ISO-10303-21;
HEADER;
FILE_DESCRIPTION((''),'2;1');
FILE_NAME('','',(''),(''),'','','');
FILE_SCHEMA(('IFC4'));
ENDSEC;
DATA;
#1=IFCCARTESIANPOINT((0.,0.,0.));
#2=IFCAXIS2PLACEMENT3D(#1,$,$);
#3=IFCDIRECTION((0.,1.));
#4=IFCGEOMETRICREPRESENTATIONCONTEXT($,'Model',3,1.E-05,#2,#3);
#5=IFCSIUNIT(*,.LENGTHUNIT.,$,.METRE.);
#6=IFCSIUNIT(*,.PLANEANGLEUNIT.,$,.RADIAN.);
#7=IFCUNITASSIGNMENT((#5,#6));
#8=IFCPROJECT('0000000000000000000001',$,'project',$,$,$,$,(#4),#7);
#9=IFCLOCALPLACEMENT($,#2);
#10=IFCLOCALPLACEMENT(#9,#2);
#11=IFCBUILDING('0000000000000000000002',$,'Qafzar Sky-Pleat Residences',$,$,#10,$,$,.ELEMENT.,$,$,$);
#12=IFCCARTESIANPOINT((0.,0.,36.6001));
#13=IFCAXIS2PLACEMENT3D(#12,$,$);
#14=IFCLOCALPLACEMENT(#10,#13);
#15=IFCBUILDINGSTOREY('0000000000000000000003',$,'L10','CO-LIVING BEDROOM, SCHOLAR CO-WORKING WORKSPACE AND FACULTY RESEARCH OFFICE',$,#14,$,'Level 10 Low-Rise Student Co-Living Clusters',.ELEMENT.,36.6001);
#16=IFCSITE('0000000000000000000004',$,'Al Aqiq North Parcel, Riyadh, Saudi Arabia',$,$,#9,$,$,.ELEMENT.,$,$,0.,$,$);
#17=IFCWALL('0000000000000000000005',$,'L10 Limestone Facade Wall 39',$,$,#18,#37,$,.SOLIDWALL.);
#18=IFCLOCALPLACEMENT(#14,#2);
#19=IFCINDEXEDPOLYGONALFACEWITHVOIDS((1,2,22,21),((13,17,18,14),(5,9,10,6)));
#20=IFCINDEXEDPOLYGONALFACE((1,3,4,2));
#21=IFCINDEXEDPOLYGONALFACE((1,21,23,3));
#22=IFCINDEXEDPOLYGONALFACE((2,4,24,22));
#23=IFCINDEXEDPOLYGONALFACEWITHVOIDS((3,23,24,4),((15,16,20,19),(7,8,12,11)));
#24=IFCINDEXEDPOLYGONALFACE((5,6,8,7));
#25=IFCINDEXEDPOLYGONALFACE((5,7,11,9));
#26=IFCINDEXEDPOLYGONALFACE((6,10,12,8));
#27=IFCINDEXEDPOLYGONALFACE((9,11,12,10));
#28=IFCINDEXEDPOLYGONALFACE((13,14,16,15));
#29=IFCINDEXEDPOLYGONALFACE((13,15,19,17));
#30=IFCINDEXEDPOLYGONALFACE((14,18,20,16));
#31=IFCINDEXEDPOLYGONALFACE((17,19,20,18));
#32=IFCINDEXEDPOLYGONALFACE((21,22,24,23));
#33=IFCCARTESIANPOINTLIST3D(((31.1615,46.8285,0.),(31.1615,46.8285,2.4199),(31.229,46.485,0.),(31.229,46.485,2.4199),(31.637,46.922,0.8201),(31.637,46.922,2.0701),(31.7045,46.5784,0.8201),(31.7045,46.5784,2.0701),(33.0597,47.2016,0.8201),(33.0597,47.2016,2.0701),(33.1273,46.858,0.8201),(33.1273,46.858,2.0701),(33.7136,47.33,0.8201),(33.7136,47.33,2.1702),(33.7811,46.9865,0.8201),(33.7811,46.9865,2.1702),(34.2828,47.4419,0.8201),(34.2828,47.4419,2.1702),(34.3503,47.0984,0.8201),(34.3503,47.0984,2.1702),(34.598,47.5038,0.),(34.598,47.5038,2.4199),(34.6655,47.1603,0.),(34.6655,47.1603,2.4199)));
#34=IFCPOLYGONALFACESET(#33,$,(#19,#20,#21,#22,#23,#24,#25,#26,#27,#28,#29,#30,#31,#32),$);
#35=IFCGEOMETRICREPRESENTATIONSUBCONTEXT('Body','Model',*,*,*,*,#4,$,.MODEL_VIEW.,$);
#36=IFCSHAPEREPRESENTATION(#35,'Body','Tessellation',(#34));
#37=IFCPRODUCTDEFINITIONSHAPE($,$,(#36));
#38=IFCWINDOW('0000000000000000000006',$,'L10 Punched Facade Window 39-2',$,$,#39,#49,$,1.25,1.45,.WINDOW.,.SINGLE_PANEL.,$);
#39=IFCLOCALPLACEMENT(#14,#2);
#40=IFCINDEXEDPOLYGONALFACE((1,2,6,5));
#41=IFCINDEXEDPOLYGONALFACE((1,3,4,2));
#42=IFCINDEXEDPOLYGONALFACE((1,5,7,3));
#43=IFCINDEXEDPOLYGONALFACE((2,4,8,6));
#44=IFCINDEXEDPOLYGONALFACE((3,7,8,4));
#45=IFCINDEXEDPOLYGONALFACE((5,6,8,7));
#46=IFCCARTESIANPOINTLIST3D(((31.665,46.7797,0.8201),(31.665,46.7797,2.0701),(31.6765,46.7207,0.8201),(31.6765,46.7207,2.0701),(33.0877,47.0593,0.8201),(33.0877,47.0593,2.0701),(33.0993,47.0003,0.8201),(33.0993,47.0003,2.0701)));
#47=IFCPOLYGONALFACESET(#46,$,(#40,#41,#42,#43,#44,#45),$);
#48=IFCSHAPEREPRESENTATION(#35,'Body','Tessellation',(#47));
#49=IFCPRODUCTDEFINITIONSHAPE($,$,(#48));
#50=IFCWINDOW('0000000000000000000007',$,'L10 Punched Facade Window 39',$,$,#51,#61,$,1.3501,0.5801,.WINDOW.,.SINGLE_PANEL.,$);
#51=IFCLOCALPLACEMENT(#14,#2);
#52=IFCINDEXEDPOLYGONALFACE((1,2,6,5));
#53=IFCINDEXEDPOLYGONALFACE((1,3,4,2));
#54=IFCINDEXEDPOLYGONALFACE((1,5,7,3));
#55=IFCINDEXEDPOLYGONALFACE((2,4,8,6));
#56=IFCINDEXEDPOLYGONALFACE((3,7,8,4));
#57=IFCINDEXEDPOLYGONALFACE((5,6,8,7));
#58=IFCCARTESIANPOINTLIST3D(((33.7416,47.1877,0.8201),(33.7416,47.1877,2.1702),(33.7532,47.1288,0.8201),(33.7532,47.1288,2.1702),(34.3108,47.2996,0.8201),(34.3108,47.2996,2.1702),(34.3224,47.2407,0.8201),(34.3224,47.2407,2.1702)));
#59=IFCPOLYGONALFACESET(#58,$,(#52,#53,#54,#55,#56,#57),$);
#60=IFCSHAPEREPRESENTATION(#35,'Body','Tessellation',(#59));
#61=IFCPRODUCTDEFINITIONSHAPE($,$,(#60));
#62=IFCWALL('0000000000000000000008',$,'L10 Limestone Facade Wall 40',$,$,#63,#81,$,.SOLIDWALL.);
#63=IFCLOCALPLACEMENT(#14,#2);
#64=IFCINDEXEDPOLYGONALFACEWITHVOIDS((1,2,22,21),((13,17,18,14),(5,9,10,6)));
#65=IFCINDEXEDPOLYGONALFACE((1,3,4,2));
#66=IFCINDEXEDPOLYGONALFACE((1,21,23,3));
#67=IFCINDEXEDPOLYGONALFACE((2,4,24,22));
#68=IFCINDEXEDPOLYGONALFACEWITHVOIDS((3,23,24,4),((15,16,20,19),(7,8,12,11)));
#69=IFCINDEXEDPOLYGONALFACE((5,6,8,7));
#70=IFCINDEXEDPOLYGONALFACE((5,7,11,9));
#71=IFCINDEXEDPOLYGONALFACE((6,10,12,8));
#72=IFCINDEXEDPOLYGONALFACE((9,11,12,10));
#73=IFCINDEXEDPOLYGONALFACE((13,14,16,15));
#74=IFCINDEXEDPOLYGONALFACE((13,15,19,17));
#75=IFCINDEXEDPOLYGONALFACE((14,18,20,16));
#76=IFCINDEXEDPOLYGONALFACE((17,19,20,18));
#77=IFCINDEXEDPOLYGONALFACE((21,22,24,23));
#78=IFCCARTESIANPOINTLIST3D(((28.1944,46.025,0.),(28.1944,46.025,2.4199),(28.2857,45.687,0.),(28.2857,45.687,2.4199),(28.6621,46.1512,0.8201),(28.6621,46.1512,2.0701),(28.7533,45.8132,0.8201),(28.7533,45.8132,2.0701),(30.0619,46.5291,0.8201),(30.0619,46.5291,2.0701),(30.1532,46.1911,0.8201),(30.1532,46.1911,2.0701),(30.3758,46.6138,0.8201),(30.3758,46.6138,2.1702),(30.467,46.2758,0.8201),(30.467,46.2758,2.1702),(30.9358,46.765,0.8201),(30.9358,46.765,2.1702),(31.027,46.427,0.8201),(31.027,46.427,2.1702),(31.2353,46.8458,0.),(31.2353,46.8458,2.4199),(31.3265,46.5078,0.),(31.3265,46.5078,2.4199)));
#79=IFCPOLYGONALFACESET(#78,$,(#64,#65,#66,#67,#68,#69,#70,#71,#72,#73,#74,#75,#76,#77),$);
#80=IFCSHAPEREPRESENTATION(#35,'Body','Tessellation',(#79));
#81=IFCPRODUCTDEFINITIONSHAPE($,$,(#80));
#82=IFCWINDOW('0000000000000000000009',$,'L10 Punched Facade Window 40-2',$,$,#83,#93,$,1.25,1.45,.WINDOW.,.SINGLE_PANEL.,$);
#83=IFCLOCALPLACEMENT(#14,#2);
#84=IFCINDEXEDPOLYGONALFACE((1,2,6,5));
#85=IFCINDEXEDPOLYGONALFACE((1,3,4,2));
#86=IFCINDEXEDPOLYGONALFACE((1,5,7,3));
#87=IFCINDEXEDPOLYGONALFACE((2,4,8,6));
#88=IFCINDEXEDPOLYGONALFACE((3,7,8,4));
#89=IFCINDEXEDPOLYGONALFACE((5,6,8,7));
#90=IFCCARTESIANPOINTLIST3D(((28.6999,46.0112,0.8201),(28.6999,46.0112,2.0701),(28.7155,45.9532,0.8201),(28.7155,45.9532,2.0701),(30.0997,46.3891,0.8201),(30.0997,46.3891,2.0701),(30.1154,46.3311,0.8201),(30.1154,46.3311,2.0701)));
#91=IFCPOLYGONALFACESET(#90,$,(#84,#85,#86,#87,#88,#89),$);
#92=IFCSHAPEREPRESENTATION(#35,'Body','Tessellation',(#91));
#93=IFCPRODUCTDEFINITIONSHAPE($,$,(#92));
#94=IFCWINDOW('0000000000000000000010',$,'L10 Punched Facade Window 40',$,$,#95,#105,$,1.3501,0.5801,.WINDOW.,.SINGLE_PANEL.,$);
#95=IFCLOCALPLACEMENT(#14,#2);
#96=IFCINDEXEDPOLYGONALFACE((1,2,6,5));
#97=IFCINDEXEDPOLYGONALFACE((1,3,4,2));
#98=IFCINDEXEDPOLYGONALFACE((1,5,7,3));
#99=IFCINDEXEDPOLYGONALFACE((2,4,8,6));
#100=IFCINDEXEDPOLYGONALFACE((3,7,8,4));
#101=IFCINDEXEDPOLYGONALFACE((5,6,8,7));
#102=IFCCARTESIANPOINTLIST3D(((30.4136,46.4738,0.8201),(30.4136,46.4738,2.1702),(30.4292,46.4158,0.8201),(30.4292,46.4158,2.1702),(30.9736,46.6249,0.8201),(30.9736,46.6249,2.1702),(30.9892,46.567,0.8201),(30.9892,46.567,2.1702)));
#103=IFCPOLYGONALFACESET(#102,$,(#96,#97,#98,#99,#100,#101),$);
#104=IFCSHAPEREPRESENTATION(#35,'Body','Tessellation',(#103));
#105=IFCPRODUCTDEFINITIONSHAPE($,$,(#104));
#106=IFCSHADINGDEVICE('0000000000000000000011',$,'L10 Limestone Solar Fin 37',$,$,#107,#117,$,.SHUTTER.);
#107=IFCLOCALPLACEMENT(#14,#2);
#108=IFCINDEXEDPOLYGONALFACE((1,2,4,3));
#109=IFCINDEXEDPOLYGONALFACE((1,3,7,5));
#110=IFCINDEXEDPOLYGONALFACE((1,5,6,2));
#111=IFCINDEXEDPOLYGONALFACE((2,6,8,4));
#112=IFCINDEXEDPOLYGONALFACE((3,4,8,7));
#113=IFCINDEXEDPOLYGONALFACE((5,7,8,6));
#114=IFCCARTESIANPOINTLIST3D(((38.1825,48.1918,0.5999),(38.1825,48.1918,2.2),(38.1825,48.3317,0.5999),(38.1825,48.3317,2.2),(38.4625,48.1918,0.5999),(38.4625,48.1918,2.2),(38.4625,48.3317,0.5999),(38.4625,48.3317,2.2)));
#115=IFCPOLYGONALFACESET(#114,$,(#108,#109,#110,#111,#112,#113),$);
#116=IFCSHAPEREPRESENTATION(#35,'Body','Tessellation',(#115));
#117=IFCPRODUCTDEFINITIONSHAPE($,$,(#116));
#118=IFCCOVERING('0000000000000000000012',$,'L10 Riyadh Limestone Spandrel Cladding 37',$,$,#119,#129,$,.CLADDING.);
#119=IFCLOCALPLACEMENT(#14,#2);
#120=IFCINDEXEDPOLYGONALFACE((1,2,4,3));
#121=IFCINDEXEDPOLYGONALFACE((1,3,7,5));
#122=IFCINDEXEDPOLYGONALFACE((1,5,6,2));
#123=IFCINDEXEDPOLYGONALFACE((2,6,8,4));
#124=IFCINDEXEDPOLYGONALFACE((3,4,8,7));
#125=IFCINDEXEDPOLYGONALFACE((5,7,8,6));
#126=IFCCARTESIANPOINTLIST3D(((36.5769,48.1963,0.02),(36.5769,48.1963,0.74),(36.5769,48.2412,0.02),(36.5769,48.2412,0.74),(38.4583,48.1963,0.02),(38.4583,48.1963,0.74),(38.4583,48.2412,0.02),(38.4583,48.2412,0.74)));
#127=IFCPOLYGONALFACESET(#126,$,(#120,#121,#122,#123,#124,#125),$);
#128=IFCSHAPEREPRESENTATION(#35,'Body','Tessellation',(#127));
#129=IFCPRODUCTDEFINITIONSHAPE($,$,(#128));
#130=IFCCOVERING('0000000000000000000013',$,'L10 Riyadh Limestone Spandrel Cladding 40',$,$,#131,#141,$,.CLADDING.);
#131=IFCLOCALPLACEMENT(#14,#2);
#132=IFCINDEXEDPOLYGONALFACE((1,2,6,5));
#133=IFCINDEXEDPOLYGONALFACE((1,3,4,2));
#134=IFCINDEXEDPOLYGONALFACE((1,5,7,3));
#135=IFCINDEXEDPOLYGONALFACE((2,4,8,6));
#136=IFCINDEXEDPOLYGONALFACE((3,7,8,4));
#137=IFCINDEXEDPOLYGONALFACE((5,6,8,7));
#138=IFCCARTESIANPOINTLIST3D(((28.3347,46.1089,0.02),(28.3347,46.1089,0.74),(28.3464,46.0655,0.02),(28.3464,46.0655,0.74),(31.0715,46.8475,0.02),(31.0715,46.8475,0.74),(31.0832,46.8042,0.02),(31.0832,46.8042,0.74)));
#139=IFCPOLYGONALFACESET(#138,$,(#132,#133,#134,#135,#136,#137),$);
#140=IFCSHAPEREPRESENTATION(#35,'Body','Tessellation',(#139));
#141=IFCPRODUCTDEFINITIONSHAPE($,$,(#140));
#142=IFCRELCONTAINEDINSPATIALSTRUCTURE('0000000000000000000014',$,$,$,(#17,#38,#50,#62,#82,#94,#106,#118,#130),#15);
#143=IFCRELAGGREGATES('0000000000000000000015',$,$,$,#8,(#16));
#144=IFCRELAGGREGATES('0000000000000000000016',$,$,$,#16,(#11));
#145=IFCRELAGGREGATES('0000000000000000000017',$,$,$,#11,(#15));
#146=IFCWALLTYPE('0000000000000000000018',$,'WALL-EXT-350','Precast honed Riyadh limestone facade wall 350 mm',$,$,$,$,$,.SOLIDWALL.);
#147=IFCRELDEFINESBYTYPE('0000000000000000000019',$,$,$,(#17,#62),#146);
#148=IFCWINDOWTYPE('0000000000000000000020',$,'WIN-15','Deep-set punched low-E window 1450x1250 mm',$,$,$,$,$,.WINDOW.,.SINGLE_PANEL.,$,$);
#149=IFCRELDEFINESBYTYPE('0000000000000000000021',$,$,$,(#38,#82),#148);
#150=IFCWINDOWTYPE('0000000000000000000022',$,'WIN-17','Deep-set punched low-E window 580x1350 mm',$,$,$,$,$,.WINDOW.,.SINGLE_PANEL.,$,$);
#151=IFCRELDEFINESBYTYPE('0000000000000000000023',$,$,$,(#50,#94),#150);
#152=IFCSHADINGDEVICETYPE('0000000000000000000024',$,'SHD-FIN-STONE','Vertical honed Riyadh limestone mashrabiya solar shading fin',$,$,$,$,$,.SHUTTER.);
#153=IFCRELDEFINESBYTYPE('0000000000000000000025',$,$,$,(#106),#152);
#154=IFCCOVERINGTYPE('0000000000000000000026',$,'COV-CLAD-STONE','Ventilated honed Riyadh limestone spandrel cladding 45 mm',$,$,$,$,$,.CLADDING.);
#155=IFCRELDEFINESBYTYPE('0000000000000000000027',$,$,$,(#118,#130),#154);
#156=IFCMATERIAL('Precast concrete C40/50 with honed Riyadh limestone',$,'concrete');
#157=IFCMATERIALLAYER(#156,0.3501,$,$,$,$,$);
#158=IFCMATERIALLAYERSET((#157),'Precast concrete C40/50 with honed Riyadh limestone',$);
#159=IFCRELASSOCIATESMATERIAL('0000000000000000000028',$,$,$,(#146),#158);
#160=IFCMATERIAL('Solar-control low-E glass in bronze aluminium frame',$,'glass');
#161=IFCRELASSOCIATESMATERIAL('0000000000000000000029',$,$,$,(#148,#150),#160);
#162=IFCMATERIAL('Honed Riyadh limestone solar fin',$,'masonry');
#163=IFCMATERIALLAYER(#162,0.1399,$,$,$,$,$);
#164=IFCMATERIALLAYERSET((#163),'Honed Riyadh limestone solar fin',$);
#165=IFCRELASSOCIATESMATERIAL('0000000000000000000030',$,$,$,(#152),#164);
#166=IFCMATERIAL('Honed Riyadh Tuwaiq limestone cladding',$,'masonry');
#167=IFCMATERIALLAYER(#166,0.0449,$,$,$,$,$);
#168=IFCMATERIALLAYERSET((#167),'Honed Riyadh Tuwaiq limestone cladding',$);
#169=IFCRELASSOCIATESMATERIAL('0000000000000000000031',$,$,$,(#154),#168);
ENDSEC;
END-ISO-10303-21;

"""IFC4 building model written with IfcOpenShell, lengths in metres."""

from ifc_helpers import new_model, si_unit, direction, frame, frame_2d, origin, origin_2d, place, context, subcontext, project, spatial, rectangle, extrude, source, transform, mapped, material, layer, layer_set, type_object, element, fill, save


model = new_model("IFC4")

# Units and contexts
model_context = context("Model", 3, precision=1e-05, world=origin(), true_north=direction((0.0, 1.0)))
body_context = subcontext(model_context, "Body", "Model", "MODEL_VIEW")
ifc_project = project(units=[si_unit("LENGTHUNIT", "METRE"), si_unit("PLANEANGLEUNIT", "RADIAN")], contexts=[model_context])

# Site, building, storey
site_placement = place(None, origin())
site = spatial("IfcSite", under=ifc_project, at=site_placement, Name="Al Aqiq North Parcel, Riyadh, Saudi Arabia", CompositionType="ELEMENT", RefElevation=0.0)
building_placement = place(site_placement, origin())
building = spatial("IfcBuilding", under=site, at=building_placement, Name="Qafzar Sky-Pleat Residences", CompositionType="ELEMENT")
storey_placement = place(building_placement, frame((0.0, 0.0, 36.6001)))
storey = spatial("IfcBuildingStorey", under=building, at=storey_placement, Name="L10", Description="CO-LIVING BEDROOM, SCHOLAR CO-WORKING WORKSPACE AND FACULTY RESEARCH OFFICE", LongName="Level 10 Low-Rise Student Co-Living Clusters", CompositionType="ELEMENT", Elevation=36.6001)

# Shared definitions
ifc_material_1 = material(Name="Precast concrete C40/50 with honed Riyadh limestone", Category="concrete")
ifc_layer_1 = layer(ifc_material_1, 0.3501)
ifc_layer_set_1 = layer_set([ifc_layer_1], Name="Precast concrete C40/50 with honed Riyadh limestone")
wall_type_1 = type_object("IfcWallType", Name="WALL-EXT-350", Description="Precast honed Riyadh limestone facade wall 350 mm", PredefinedType="SOLIDWALL", material=ifc_layer_set_1)
ifc_material_2 = material(Name="Solar-control low-E glass in bronze aluminium frame", Category="glass")
window_type_1 = type_object("IfcWindowType", Name="WIN-15", Description="Deep-set punched low-E window 1450x1250 mm", PartitioningType="SINGLE_PANEL", PredefinedType="WINDOW", material=ifc_material_2)
shared_shape_1 = source(origin(), body_context, "Body", "SweptSolid", [
    extrude(rectangle(XDim=1.45, YDim=1.25, at=frame_2d((0.7251, 0.625))), frame((0.0, 0.03, 0.0), z_axis=(0.0, -1.0, 0.0), x_axis=(1.0, 0.0, 0.0)), (0.0, 0.0, 1.0), 0.0601),
])

# Walls, openings, windows
wall_1_placement = place(storey_placement, frame((34.6316, 47.332, 0.0), z_axis=(0.0, 0.0, 1.0), x_axis=(-0.981235, -0.192817, 0.0)))
wall_1 = element("IfcWall", 1, at=wall_1_placement, inside=storey, type_object=wall_type_1, Name="L10 Limestone Facade Wall 39", PredefinedType="SOLIDWALL", context=body_context, shape_type="SweptSolid", body=[
    extrude(rectangle(XDim=3.5022, YDim=0.3501, at=frame_2d((1.751, 0.0))), origin(), (0.0, 0.0, 1.0), 2.4199),
])
opening_1_placement = place(wall_1_placement, frame((0.321, 0.0, 0.8201)))
opening_1 = element("IfcOpeningElement", 2, at=opening_1_placement, cuts=wall_1, PredefinedType="OPENING", context=body_context, shape_type="SweptSolid", body=[
    extrude(rectangle(XDim=0.5801, YDim=1.3501, at=frame_2d((0.29, 0.675))), frame((0.0, 0.1851, 0.0), z_axis=(0.0, -1.0, 0.0), x_axis=(1.0, 0.0, 0.0)), (0.0, 0.0, 1.0), 0.3701),
])
opening_2_placement = place(wall_1_placement, frame((1.5674, 0.0, 0.8201)))
opening_2 = element("IfcOpeningElement", 3, at=opening_2_placement, cuts=wall_1, PredefinedType="OPENING", context=body_context, shape_type="SweptSolid", body=[
    extrude(rectangle(XDim=1.45, YDim=1.25, at=frame_2d((0.7251, 0.625))), frame((0.0, 0.1851, 0.0), z_axis=(0.0, -1.0, 0.0), x_axis=(1.0, 0.0, 0.0)), (0.0, 0.0, 1.0), 0.3701),
])
window_1_placement = place(opening_2_placement, origin())
window_1 = element("IfcWindow", 4, at=window_1_placement, inside=storey, type_object=window_type_1, Name="L10 Punched Facade Window 39-2", OverallHeight=1.25, OverallWidth=1.45, PartitioningType="SINGLE_PANEL", PredefinedType="WINDOW", context=body_context, shape_type="MappedRepresentation", body=[
    mapped(shared_shape_1, transform((0.0, 0.0, 0.0), x_axis=(1.0, 0.0, 0.0), y_axis=(0.0, 1.0, 0.0), z_axis=(0.0, 0.0, 1.0), scale=1.0)),
])
fill(opening_2, window_1)
window_type_2 = type_object("IfcWindowType", Name="WIN-17", Description="Deep-set punched low-E window 580x1350 mm", PartitioningType="SINGLE_PANEL", PredefinedType="WINDOW", material=ifc_material_2)
shared_shape_2 = source(origin(), body_context, "Body", "SweptSolid", [
    extrude(rectangle(XDim=0.5801, YDim=1.3501, at=frame_2d((0.29, 0.675))), frame((0.0, 0.03, 0.0), z_axis=(0.0, -1.0, 0.0), x_axis=(1.0, 0.0, 0.0)), (0.0, 0.0, 1.0), 0.0601),
])
window_2_placement = place(opening_1_placement, origin())
window_2 = element("IfcWindow", 5, at=window_2_placement, inside=storey, type_object=window_type_2, Name="L10 Punched Facade Window 39", OverallHeight=1.3501, OverallWidth=0.5801, PartitioningType="SINGLE_PANEL", PredefinedType="WINDOW", context=body_context, shape_type="MappedRepresentation", body=[
    mapped(shared_shape_2, transform((0.0, 0.0, 0.0), x_axis=(1.0, 0.0, 0.0), y_axis=(0.0, 1.0, 0.0), z_axis=(0.0, 0.0, 1.0), scale=1.0)),
])
fill(opening_1, window_2)
wall_2_placement = place(storey_placement, frame((31.2808, 46.6768, 0.0), z_axis=(0.0, 0.0, 1.0), x_axis=(-0.965446, -0.260604, 0.0)))
wall_2 = element("IfcWall", 6, at=wall_2_placement, inside=storey, type_object=wall_type_1, Name="L10 Limestone Facade Wall 40", PredefinedType="SOLIDWALL", context=body_context, shape_type="SweptSolid", body=[
    extrude(rectangle(XDim=3.1497, YDim=0.3501, at=frame_2d((1.5747, 0.0))), origin(), (0.0, 0.0, 1.0), 2.4199),
])
opening_3_placement = place(wall_2_placement, frame((0.3101, 0.0, 0.8201)))
opening_3 = element("IfcOpeningElement", 7, at=opening_3_placement, cuts=wall_2, PredefinedType="OPENING", context=body_context, shape_type="SweptSolid", body=[
    extrude(rectangle(XDim=0.5801, YDim=1.3501, at=frame_2d((0.29, 0.675))), frame((0.0, 0.1851, 0.0), z_axis=(0.0, -1.0, 0.0), x_axis=(1.0, 0.0, 0.0)), (0.0, 0.0, 1.0), 0.3701),
])
opening_4_placement = place(wall_2_placement, frame((1.2151, 0.0, 0.8201)))
opening_4 = element("IfcOpeningElement", 8, at=opening_4_placement, cuts=wall_2, PredefinedType="OPENING", context=body_context, shape_type="SweptSolid", body=[
    extrude(rectangle(XDim=1.45, YDim=1.25, at=frame_2d((0.7251, 0.625))), frame((0.0, 0.1851, 0.0), z_axis=(0.0, -1.0, 0.0), x_axis=(1.0, 0.0, 0.0)), (0.0, 0.0, 1.0), 0.3701),
])
window_3_placement = place(opening_4_placement, origin())
window_3 = element("IfcWindow", 9, at=window_3_placement, inside=storey, type_object=window_type_1, Name="L10 Punched Facade Window 40-2", OverallHeight=1.25, OverallWidth=1.45, PartitioningType="SINGLE_PANEL", PredefinedType="WINDOW", context=body_context, shape_type="MappedRepresentation", body=[
    mapped(shared_shape_1, transform((0.0, 0.0, 0.0), x_axis=(1.0, 0.0, 0.0), y_axis=(0.0, 1.0, 0.0), z_axis=(0.0, 0.0, 1.0), scale=1.0)),
])
fill(opening_4, window_3)
window_4_placement = place(opening_3_placement, origin())
window_4 = element("IfcWindow", 10, at=window_4_placement, inside=storey, type_object=window_type_2, Name="L10 Punched Facade Window 40", OverallHeight=1.3501, OverallWidth=0.5801, PartitioningType="SINGLE_PANEL", PredefinedType="WINDOW", context=body_context, shape_type="MappedRepresentation", body=[
    mapped(shared_shape_2, transform((0.0, 0.0, 0.0), x_axis=(1.0, 0.0, 0.0), y_axis=(0.0, 1.0, 0.0), z_axis=(0.0, 0.0, 1.0), scale=1.0)),
])
fill(opening_3, window_4)

# Shading device
ifc_material_3 = material(Name="Honed Riyadh limestone solar fin", Category="masonry")
ifc_layer_2 = layer(ifc_material_3, 0.1399)
ifc_layer_set_2 = layer_set([ifc_layer_2], Name="Honed Riyadh limestone solar fin")
shading_device_type = type_object("IfcShadingDeviceType", Name="SHD-FIN-STONE", Description="Vertical honed Riyadh limestone mashrabiya solar shading fin", PredefinedType="SHUTTER", material=ifc_layer_set_2)
shared_shape_3 = source(origin(), body_context, "Body", "SweptSolid", [
    extrude(rectangle(XDim=0.1399, YDim=0.28, at=origin_2d()), origin(), (0.0, 0.0, 1.0), 1.6001),
])
shading_device_placement = place(storey_placement, frame((38.3225, 48.2617, 0.5999), z_axis=(0.0, 0.0, 1.0), x_axis=(0.0, 1.0, 0.0)))
element("IfcShadingDevice", 11, at=shading_device_placement, inside=storey, type_object=shading_device_type, Name="L10 Limestone Solar Fin 37", PredefinedType="SHUTTER", context=body_context, shape_type="MappedRepresentation", body=[
    mapped(shared_shape_3, transform((0.0, 0.0, 0.0), x_axis=(1.0, 0.0, 0.0), y_axis=(0.0, 1.0, 0.0), z_axis=(0.0, 0.0, 1.0), scale=1.0)),
])

# Covering
ifc_material_4 = material(Name="Honed Riyadh Tuwaiq limestone cladding", Category="masonry")
ifc_layer_3 = layer(ifc_material_4, 0.0449)
ifc_layer_set_3 = layer_set([ifc_layer_3], Name="Honed Riyadh Tuwaiq limestone cladding")
covering_type = type_object("IfcCoveringType", Name="COV-CLAD-STONE", Description="Ventilated honed Riyadh limestone spandrel cladding 45 mm", PredefinedType="CLADDING", material=ifc_layer_set_3)
shared_shape_4 = source(origin(), body_context, "Body", "SweptSolid", [
    extrude(rectangle(XDim=1.8813, YDim=0.0449, at=origin_2d()), origin(), (0.0, 0.0, 1.0), 0.72),
])
covering_1_placement = place(storey_placement, frame((37.5176, 48.2188, 0.02), z_axis=(0.0, 0.0, 1.0), x_axis=(-1.0, 0.0, 0.0)))
element("IfcCovering", 12, at=covering_1_placement, inside=storey, type_object=covering_type, Name="L10 Riyadh Limestone Spandrel Cladding 37", PredefinedType="CLADDING", context=body_context, shape_type="MappedRepresentation", body=[
    mapped(shared_shape_4, transform((0.0, 0.0, 0.0), x_axis=(1.0, 0.0, 0.0), y_axis=(0.0, 1.0, 0.0), z_axis=(0.0, 0.0, 1.0), scale=1.0)),
])

# Covering
shared_shape_5 = source(origin(), body_context, "Body", "SweptSolid", [
    extrude(rectangle(XDim=2.8347, YDim=0.0449, at=origin_2d()), origin(), (0.0, 0.0, 1.0), 0.72),
])
covering_2_placement = place(storey_placement, frame((29.709, 46.4565, 0.02), z_axis=(0.0, 0.0, 1.0), x_axis=(-0.965456, -0.260564, 0.0)))
element("IfcCovering", 13, at=covering_2_placement, inside=storey, type_object=covering_type, Name="L10 Riyadh Limestone Spandrel Cladding 40", PredefinedType="CLADDING", context=body_context, shape_type="MappedRepresentation", body=[
    mapped(shared_shape_5, transform((0.0, 0.0, 0.0), x_axis=(1.0, 0.0, 0.0), y_axis=(0.0, 1.0, 0.0), z_axis=(0.0, 0.0, 1.0), scale=1.0)),
])

save(model, "model.ifc")
